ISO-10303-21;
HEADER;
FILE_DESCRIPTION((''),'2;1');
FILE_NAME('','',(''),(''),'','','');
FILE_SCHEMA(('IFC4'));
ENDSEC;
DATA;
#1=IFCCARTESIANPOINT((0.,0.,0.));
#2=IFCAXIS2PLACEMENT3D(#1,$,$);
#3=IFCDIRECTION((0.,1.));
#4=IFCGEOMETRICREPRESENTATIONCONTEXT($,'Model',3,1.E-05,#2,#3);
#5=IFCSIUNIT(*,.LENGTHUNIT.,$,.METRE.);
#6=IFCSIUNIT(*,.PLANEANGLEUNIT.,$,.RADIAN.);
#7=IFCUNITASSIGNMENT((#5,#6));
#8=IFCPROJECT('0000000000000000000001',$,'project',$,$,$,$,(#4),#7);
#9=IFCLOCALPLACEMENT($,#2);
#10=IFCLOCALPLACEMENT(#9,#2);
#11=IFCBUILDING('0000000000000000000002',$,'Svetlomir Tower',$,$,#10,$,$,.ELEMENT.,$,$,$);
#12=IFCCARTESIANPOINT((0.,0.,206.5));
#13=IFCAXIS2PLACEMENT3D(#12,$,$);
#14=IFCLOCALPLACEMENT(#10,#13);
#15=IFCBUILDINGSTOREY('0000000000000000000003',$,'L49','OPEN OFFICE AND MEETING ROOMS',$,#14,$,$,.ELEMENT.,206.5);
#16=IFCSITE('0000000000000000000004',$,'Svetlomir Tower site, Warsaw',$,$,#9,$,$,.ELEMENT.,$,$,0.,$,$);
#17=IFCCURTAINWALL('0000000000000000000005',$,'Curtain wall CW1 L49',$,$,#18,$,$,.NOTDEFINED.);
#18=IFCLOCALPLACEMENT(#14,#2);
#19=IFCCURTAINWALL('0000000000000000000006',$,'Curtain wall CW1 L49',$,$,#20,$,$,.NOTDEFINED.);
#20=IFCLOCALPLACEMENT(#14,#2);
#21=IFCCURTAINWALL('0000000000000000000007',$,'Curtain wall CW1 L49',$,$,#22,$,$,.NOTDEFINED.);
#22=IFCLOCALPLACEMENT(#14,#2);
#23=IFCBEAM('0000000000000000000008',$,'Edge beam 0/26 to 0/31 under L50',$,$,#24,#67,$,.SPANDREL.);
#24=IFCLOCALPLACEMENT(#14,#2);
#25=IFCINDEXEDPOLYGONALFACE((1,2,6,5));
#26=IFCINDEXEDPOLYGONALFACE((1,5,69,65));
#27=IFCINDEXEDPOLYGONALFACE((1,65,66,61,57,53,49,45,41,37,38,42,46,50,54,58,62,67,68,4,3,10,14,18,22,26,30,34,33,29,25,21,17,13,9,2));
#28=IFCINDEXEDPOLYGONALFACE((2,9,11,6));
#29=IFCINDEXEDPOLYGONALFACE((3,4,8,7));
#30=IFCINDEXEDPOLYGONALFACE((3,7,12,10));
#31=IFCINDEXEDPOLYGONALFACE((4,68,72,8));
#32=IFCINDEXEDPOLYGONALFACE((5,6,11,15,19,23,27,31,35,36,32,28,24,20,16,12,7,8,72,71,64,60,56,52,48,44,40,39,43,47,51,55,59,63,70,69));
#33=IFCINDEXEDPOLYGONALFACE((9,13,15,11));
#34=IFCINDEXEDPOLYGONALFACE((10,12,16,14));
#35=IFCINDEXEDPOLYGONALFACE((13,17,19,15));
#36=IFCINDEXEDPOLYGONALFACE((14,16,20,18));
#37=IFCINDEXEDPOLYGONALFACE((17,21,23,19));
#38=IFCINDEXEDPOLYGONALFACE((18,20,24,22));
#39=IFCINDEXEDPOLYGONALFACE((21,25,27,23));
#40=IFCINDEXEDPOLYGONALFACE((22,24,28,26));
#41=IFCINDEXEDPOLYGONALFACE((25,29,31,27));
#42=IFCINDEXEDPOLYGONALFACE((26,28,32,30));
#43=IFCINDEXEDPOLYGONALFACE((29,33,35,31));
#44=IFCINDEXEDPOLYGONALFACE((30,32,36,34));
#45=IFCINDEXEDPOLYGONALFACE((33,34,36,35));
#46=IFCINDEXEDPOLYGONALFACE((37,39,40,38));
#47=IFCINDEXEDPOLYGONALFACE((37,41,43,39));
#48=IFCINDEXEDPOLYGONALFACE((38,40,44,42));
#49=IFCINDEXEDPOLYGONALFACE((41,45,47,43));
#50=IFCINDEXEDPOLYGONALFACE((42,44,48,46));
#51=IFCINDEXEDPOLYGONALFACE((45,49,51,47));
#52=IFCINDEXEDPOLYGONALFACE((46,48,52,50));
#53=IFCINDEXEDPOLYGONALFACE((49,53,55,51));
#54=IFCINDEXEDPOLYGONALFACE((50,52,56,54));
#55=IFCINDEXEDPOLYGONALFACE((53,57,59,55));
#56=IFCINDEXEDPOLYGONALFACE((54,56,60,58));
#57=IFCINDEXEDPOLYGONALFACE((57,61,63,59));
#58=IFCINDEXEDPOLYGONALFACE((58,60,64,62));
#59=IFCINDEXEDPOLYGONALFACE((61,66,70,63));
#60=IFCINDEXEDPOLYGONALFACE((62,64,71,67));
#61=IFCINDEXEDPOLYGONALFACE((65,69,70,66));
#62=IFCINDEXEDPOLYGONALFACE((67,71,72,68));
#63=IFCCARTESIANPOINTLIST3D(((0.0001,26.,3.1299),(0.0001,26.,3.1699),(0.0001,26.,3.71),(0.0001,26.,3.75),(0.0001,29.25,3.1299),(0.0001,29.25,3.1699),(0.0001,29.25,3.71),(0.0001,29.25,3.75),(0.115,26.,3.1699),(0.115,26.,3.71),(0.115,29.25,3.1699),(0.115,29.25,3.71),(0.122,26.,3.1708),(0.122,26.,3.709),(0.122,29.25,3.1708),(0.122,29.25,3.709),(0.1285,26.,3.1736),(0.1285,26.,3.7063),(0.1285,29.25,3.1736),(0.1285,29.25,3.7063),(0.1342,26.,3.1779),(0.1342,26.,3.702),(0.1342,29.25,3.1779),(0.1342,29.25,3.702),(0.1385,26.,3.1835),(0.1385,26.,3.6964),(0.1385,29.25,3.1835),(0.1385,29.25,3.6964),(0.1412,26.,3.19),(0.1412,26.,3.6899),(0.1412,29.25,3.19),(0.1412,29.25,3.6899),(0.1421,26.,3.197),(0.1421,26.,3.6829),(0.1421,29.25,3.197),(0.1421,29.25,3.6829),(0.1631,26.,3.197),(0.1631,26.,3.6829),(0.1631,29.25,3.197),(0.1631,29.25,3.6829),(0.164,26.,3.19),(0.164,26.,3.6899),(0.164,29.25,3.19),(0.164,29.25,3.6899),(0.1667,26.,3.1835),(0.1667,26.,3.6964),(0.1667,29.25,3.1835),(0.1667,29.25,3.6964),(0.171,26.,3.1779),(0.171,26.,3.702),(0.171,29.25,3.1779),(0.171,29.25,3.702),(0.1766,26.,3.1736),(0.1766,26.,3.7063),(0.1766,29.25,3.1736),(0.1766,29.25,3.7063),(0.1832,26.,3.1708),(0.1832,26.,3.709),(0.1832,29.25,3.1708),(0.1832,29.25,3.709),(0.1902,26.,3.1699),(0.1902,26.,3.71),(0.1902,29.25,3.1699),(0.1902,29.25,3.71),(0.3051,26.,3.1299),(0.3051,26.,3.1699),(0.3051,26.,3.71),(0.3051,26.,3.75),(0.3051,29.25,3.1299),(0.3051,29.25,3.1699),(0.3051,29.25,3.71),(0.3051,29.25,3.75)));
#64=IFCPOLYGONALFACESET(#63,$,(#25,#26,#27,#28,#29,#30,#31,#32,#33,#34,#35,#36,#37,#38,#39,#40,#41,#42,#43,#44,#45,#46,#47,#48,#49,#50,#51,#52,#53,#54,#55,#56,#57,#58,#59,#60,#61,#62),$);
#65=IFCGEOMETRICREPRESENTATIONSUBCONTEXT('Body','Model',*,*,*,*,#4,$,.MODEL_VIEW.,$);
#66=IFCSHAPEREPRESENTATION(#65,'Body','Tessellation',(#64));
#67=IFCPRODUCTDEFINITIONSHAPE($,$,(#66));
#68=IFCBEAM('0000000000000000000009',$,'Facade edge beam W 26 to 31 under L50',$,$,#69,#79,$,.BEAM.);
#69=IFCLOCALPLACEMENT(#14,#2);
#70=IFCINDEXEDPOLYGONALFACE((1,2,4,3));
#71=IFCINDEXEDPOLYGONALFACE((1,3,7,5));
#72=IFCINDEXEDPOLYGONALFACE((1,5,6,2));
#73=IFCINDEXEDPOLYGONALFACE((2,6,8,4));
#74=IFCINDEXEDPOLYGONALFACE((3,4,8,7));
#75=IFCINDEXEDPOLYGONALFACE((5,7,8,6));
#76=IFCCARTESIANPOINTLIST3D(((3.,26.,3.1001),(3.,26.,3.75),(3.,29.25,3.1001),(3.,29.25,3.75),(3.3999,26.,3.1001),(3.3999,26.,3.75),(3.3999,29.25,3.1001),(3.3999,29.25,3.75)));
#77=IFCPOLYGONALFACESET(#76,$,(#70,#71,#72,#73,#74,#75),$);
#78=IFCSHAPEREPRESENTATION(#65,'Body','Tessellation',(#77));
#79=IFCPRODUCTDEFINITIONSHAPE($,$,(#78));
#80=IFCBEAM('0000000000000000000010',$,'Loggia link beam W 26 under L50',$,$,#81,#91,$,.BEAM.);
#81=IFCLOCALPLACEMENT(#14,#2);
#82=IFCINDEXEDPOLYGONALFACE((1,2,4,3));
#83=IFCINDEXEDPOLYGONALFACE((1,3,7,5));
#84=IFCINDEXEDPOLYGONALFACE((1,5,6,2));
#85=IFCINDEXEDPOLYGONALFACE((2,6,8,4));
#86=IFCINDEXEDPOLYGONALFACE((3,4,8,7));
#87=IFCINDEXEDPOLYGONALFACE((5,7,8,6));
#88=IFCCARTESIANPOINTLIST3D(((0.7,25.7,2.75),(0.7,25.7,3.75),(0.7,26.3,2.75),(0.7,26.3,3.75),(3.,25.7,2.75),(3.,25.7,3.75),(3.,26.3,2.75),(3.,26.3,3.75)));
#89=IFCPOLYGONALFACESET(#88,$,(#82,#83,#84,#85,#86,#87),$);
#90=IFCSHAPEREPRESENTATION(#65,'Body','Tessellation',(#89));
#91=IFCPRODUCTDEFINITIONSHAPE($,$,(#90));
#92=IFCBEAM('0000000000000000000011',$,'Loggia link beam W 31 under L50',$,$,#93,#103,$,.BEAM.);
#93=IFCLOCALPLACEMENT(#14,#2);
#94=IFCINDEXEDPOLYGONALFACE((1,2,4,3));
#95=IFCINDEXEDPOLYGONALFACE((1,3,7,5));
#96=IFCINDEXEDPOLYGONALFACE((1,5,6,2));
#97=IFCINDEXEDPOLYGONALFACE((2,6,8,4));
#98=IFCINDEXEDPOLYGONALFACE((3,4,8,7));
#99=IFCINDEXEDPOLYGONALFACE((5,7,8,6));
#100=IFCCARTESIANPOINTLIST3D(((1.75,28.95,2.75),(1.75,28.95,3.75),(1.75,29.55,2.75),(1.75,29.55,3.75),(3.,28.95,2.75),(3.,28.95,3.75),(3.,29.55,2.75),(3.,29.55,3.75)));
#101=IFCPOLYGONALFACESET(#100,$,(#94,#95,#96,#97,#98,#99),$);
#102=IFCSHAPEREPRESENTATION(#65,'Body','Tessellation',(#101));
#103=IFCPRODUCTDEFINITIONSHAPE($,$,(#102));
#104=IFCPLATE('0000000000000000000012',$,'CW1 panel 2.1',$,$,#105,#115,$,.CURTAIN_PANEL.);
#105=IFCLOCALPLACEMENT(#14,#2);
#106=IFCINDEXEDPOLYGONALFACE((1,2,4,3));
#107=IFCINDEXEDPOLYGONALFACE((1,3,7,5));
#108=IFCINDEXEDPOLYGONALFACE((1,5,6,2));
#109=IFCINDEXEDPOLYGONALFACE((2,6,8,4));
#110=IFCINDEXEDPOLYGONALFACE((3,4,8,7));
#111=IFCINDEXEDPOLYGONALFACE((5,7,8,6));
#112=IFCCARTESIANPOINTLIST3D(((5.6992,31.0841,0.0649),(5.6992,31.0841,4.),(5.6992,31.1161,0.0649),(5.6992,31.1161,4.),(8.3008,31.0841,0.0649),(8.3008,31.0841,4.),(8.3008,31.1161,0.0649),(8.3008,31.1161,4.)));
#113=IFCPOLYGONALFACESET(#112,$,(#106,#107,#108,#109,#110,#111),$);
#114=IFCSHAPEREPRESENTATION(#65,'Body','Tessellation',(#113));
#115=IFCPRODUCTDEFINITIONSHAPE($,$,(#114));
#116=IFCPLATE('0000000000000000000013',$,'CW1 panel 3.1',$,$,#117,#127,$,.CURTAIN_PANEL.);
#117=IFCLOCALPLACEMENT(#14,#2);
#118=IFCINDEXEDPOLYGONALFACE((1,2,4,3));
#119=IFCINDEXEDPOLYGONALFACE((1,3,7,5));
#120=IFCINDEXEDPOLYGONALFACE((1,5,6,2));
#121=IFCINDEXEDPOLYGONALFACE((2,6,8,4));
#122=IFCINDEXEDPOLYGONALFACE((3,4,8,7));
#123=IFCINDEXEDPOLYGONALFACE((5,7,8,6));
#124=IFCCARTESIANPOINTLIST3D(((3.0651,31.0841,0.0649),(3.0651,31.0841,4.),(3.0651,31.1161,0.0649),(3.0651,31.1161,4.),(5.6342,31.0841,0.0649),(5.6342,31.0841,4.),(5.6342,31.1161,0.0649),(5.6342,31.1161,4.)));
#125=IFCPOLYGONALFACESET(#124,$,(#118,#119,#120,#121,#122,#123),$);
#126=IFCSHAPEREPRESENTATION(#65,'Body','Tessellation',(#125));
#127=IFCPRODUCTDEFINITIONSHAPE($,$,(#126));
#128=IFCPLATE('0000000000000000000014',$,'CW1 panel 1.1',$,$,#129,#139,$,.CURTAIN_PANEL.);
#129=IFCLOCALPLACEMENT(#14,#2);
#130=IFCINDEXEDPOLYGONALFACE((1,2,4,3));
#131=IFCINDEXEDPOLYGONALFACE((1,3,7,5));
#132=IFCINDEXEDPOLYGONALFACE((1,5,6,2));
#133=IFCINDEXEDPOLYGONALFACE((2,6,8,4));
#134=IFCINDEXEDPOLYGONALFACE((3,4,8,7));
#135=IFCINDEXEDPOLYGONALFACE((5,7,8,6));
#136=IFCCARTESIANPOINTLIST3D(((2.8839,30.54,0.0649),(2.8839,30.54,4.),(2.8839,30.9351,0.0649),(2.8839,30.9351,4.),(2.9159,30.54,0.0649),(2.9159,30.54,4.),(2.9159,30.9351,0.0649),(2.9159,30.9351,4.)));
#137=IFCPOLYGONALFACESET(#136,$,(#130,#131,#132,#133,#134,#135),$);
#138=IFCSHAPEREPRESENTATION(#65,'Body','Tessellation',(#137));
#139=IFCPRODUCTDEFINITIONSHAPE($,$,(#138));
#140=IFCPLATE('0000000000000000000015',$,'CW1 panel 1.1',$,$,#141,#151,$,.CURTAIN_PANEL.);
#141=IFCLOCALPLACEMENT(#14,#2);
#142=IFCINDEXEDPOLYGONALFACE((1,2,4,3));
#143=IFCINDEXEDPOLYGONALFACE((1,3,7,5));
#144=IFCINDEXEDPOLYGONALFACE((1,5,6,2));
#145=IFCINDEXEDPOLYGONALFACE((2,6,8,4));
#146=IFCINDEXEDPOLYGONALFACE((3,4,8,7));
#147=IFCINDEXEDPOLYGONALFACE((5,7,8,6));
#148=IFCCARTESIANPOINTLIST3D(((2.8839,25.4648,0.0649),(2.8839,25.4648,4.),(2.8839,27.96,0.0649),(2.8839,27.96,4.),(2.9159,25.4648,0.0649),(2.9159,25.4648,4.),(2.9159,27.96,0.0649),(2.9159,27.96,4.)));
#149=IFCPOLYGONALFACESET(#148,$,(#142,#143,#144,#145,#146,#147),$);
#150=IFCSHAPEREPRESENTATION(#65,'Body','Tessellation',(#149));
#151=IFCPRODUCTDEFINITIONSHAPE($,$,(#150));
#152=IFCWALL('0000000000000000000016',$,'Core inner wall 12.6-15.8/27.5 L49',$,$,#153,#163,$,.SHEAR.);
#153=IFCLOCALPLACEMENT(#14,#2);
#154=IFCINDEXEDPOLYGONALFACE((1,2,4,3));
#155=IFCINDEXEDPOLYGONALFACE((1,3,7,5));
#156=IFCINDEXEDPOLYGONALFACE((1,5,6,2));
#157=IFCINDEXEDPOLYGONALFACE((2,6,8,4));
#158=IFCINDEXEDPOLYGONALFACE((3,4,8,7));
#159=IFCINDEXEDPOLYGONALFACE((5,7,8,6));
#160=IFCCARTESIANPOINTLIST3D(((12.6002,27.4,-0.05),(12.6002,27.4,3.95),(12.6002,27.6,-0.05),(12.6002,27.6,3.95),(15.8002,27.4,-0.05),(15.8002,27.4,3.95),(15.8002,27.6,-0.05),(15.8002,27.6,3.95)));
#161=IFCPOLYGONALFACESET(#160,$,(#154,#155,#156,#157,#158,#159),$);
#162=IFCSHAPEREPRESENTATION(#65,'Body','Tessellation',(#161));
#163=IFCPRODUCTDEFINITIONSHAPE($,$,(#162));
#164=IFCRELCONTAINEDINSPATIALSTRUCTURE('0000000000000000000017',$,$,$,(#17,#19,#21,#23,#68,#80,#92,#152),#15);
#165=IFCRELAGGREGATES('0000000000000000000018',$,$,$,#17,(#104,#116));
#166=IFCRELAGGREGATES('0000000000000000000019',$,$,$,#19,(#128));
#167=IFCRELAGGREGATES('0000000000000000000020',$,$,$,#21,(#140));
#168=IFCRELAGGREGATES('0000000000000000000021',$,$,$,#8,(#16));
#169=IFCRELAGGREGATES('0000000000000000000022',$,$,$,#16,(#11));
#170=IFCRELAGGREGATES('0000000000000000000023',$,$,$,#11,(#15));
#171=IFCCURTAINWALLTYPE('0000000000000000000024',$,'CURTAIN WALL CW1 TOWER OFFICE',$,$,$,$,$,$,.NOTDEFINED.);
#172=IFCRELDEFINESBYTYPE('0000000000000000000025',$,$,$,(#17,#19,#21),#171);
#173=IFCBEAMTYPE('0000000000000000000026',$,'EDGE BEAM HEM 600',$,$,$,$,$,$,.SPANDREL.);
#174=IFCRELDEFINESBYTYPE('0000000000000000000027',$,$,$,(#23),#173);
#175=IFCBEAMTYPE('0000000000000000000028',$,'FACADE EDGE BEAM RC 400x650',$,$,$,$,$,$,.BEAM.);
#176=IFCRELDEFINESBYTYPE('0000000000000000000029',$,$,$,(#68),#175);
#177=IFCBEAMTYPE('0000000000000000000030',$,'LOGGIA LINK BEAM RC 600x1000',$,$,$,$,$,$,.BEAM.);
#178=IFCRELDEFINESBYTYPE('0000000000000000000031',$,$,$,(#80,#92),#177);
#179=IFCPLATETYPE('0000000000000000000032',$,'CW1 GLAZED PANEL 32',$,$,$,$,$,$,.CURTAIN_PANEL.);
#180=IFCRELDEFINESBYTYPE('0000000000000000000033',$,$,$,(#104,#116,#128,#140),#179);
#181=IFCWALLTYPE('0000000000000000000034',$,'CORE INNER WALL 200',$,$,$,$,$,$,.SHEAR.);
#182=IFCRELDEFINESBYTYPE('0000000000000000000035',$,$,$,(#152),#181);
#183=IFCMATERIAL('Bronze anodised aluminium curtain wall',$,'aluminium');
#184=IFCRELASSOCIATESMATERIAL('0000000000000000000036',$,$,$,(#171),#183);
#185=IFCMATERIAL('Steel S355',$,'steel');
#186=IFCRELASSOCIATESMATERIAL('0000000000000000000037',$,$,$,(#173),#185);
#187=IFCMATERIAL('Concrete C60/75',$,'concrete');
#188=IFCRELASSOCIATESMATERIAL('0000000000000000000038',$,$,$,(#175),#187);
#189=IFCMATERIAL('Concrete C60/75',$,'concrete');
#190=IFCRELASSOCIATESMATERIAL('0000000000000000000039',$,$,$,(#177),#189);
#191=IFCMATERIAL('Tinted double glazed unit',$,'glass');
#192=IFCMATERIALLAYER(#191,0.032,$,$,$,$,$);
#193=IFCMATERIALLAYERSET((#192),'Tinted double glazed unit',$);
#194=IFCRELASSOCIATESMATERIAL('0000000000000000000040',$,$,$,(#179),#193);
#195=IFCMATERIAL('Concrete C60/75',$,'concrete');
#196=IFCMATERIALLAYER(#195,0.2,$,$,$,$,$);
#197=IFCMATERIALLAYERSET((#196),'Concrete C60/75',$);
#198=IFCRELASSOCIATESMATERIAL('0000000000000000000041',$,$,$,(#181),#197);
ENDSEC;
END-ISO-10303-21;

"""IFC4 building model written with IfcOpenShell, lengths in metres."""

from ifc_helpers import new_model, si_unit, direction, frame, frame_2d, origin, origin_2d, place, context, subcontext, project, spatial, rectangle, i_section, extrude, material, layer, layer_set, material_profile, profile_set, type_object, element, aggregate, save


model = new_model("IFC4")

# Units and contexts
model_context = context("Model", 3, precision=1e-05, world=origin(), true_north=direction((0.0, 1.0)))
body_context = subcontext(model_context, "Body", "Model", "MODEL_VIEW")
ifc_project = project(units=[si_unit("LENGTHUNIT", "METRE"), si_unit("PLANEANGLEUNIT", "RADIAN")], contexts=[model_context])

# Site, building, storey
site_placement = place(None, origin())
site = spatial("IfcSite", under=ifc_project, at=site_placement, Name="Svetlomir Tower site, Warsaw", CompositionType="ELEMENT", RefElevation=0.0)
building_placement = place(site_placement, origin())
building = spatial("IfcBuilding", under=site, at=building_placement, Name="Svetlomir Tower", CompositionType="ELEMENT")
storey_placement = place(building_placement, frame((0.0, 0.0, 206.5)))
storey = spatial("IfcBuildingStorey", under=building, at=storey_placement, Name="L49", Description="OPEN OFFICE AND MEETING ROOMS", CompositionType="ELEMENT", Elevation=206.5)

# Shared definitions
ifc_material_1 = material(Name="Bronze anodised aluminium curtain wall", Category="aluminium")
curtain_wall_type = type_object("IfcCurtainWallType", Name="CURTAIN WALL CW1 TOWER OFFICE", PredefinedType="NOTDEFINED", material=ifc_material_1)

# Curtain walls
curtain_wall_1_placement = place(storey_placement, origin())
curtain_wall_1 = element("IfcCurtainWall", 1, at=curtain_wall_1_placement, inside=storey, type_object=curtain_wall_type, Name="Curtain wall CW1 L49", PredefinedType="NOTDEFINED")
curtain_wall_2_placement = place(storey_placement, origin())
curtain_wall_2 = element("IfcCurtainWall", 2, at=curtain_wall_2_placement, inside=storey, type_object=curtain_wall_type, Name="Curtain wall CW1 L49", PredefinedType="NOTDEFINED")

# Curtain wall
curtain_wall_3_placement = place(storey_placement, origin())
curtain_wall_3 = element("IfcCurtainWall", 3, at=curtain_wall_3_placement, inside=storey, type_object=curtain_wall_type, Name="Curtain wall CW1 L49", PredefinedType="NOTDEFINED")

# Beams
ifc_material_2 = material(Name="Steel S355", Category="steel")
ifc_material_profile_1 = material_profile(ifc_material_2, i_section(OverallWidth=0.3049, OverallDepth=0.6201, WebThickness=0.021, FlangeThickness=0.04, FilletRadius=0.0271, at=origin_2d()), Name="HEM 600")
ifc_profile_set_1 = profile_set([ifc_material_profile_1], Name="Steel S355")
beam_type_1 = type_object("IfcBeamType", Name="EDGE BEAM HEM 600", PredefinedType="SPANDREL", material=ifc_profile_set_1)
beam_1_placement = place(storey_placement, frame((0.1526, 26.0, 3.4399), z_axis=(0.0, 1.0, 0.0), x_axis=(-1.0, 0.0, 0.0)))
element("IfcBeam", 4, at=beam_1_placement, inside=storey, type_object=beam_type_1, Name="Edge beam 0/26 to 0/31 under L50", PredefinedType="SPANDREL", context=body_context, shape_type="SweptSolid", body=[
    extrude(i_section(OverallWidth=0.3049, OverallDepth=0.6201, WebThickness=0.021, FlangeThickness=0.04, FilletRadius=0.0271, at=origin_2d()), origin(), (0.0, 0.0, 1.0), 3.25),
])
ifc_material_3 = material(Name="Concrete C60/75", Category="concrete")
ifc_material_profile_2 = material_profile(ifc_material_3, rectangle(XDim=0.3999, YDim=0.6499, at=origin_2d()), Name="RC 400x650")
ifc_profile_set_2 = profile_set([ifc_material_profile_2], Name="Concrete C60/75")
beam_type_2 = type_object("IfcBeamType", Name="FACADE EDGE BEAM RC 400x650", PredefinedType="BEAM", material=ifc_profile_set_2)
beam_2_placement = place(storey_placement, frame((3.2, 26.0, 3.425), z_axis=(0.0, 1.0, 0.0), x_axis=(-1.0, 0.0, 0.0)))
element("IfcBeam", 5, at=beam_2_placement, inside=storey, type_object=beam_type_2, Name="Facade edge beam W 26 to 31 under L50", PredefinedType="BEAM", context=body_context, shape_type="SweptSolid", body=[
    extrude(rectangle(XDim=0.3999, YDim=0.6499, at=origin_2d()), origin(), (0.0, 0.0, 1.0), 3.25),
])
ifc_material_4 = material(Name="Concrete C60/75", Category="concrete")
ifc_material_profile_3 = material_profile(ifc_material_4, rectangle(XDim=0.6001, YDim=1.0, at=origin_2d()), Name="RC 600x1000")
ifc_profile_set_3 = profile_set([ifc_material_profile_3], Name="Concrete C60/75")
beam_type_3 = type_object("IfcBeamType", Name="LOGGIA LINK BEAM RC 600x1000", PredefinedType="BEAM", material=ifc_profile_set_3)
beam_3_placement = place(storey_placement, frame((0.7, 26.0, 3.25), z_axis=(1.0, 0.0, 0.0), x_axis=(0.0, 1.0, 0.0)))
element("IfcBeam", 6, at=beam_3_placement, inside=storey, type_object=beam_type_3, Name="Loggia link beam W 26 under L50", PredefinedType="BEAM", context=body_context, shape_type="SweptSolid", body=[
    extrude(rectangle(XDim=0.6001, YDim=1.0, at=origin_2d()), origin(), (0.0, 0.0, 1.0), 2.3),
])
beam_4_placement = place(storey_placement, frame((1.75, 29.25, 3.25), z_axis=(1.0, 0.0, 0.0), x_axis=(0.0, 1.0, 0.0)))
element("IfcBeam", 7, at=beam_4_placement, inside=storey, type_object=beam_type_3, Name="Loggia link beam W 31 under L50", PredefinedType="BEAM", context=body_context, shape_type="SweptSolid", body=[
    extrude(rectangle(XDim=0.6001, YDim=1.0, at=origin_2d()), origin(), (0.0, 0.0, 1.0), 1.25),
])

# Plates
ifc_material_5 = material(Name="Tinted double glazed unit", Category="glass")
ifc_layer_1 = layer(ifc_material_5, 0.032)
ifc_layer_set_1 = layer_set([ifc_layer_1], Name="Tinted double glazed unit")
plate_type = type_object("IfcPlateType", Name="CW1 GLAZED PANEL 32", PredefinedType="CURTAIN_PANEL", material=ifc_layer_set_1)
plate_1_placement = place(storey_placement, frame((7.0, 31.1001, 0.0649), z_axis=(0.0, 0.0, 1.0), x_axis=(-1.0, 0.0, 0.0)))
plate_1 = element("IfcPlate", 8, at=plate_1_placement, type_object=plate_type, Name="CW1 panel 2.1", PredefinedType="CURTAIN_PANEL", context=body_context, shape_type="SweptSolid", body=[
    extrude(rectangle(XDim=2.6016, YDim=0.032, at=origin_2d()), origin(), (0.0, 0.0, 1.0), 3.9351),
])
plate_2_placement = place(storey_placement, frame((4.3496, 31.1001, 0.0649), z_axis=(0.0, 0.0, 1.0), x_axis=(-1.0, 0.0, 0.0)))
plate_2 = element("IfcPlate", 9, at=plate_2_placement, type_object=plate_type, Name="CW1 panel 3.1", PredefinedType="CURTAIN_PANEL", context=body_context, shape_type="SweptSolid", body=[
    extrude(rectangle(XDim=2.5691, YDim=0.032, at=origin_2d()), origin(), (0.0, 0.0, 1.0), 3.9351),
])
aggregate(curtain_wall_1, [plate_1, plate_2])
plate_3_placement = place(storey_placement, frame((2.8999, 30.7375, 0.0649), z_axis=(0.0, 0.0, 1.0), x_axis=(0.0, -1.0, 0.0)))
plate_3 = element("IfcPlate", 10, at=plate_3_placement, type_object=plate_type, Name="CW1 panel 1.1", PredefinedType="CURTAIN_PANEL", context=body_context, shape_type="SweptSolid", body=[
    extrude(rectangle(XDim=0.395, YDim=0.032, at=origin_2d()), origin(), (0.0, 0.0, 1.0), 3.9351),
])
aggregate(curtain_wall_2, [plate_3])
plate_4_placement = place(storey_placement, frame((2.8999, 26.7124, 0.0649), z_axis=(0.0, 0.0, 1.0), x_axis=(0.0, -1.0, 0.0)))
plate_4 = element("IfcPlate", 11, at=plate_4_placement, type_object=plate_type, Name="CW1 panel 1.1", PredefinedType="CURTAIN_PANEL", context=body_context, shape_type="SweptSolid", body=[
    extrude(rectangle(XDim=2.4951, YDim=0.032, at=origin_2d()), origin(), (0.0, 0.0, 1.0), 3.9351),
])
aggregate(curtain_wall_3, [plate_4])

# Wall
ifc_material_6 = material(Name="Concrete C60/75", Category="concrete")
ifc_layer_2 = layer(ifc_material_6, 0.2)
ifc_layer_set_2 = layer_set([ifc_layer_2], Name="Concrete C60/75")
wall_type_1 = type_object("IfcWallType", Name="CORE INNER WALL 200", PredefinedType="SHEAR", material=ifc_layer_set_2)
wall_1_placement = place(storey_placement, frame((12.6001, 27.5, -0.05), z_axis=(0.0, 0.0, 1.0), x_axis=(1.0, 0.0, 0.0)))
element("IfcWall", 12, at=wall_1_placement, inside=storey, type_object=wall_type_1, Name="Core inner wall 12.6-15.8/27.5 L49", PredefinedType="SHEAR", context=body_context, shape_type="SweptSolid", body=[
    extrude(rectangle(XDim=3.2, YDim=0.2, at=frame_2d((1.6001, 0.0))), origin(), (0.0, 0.0, 1.0), 4.0),
])

save(model, "model.ifc")
